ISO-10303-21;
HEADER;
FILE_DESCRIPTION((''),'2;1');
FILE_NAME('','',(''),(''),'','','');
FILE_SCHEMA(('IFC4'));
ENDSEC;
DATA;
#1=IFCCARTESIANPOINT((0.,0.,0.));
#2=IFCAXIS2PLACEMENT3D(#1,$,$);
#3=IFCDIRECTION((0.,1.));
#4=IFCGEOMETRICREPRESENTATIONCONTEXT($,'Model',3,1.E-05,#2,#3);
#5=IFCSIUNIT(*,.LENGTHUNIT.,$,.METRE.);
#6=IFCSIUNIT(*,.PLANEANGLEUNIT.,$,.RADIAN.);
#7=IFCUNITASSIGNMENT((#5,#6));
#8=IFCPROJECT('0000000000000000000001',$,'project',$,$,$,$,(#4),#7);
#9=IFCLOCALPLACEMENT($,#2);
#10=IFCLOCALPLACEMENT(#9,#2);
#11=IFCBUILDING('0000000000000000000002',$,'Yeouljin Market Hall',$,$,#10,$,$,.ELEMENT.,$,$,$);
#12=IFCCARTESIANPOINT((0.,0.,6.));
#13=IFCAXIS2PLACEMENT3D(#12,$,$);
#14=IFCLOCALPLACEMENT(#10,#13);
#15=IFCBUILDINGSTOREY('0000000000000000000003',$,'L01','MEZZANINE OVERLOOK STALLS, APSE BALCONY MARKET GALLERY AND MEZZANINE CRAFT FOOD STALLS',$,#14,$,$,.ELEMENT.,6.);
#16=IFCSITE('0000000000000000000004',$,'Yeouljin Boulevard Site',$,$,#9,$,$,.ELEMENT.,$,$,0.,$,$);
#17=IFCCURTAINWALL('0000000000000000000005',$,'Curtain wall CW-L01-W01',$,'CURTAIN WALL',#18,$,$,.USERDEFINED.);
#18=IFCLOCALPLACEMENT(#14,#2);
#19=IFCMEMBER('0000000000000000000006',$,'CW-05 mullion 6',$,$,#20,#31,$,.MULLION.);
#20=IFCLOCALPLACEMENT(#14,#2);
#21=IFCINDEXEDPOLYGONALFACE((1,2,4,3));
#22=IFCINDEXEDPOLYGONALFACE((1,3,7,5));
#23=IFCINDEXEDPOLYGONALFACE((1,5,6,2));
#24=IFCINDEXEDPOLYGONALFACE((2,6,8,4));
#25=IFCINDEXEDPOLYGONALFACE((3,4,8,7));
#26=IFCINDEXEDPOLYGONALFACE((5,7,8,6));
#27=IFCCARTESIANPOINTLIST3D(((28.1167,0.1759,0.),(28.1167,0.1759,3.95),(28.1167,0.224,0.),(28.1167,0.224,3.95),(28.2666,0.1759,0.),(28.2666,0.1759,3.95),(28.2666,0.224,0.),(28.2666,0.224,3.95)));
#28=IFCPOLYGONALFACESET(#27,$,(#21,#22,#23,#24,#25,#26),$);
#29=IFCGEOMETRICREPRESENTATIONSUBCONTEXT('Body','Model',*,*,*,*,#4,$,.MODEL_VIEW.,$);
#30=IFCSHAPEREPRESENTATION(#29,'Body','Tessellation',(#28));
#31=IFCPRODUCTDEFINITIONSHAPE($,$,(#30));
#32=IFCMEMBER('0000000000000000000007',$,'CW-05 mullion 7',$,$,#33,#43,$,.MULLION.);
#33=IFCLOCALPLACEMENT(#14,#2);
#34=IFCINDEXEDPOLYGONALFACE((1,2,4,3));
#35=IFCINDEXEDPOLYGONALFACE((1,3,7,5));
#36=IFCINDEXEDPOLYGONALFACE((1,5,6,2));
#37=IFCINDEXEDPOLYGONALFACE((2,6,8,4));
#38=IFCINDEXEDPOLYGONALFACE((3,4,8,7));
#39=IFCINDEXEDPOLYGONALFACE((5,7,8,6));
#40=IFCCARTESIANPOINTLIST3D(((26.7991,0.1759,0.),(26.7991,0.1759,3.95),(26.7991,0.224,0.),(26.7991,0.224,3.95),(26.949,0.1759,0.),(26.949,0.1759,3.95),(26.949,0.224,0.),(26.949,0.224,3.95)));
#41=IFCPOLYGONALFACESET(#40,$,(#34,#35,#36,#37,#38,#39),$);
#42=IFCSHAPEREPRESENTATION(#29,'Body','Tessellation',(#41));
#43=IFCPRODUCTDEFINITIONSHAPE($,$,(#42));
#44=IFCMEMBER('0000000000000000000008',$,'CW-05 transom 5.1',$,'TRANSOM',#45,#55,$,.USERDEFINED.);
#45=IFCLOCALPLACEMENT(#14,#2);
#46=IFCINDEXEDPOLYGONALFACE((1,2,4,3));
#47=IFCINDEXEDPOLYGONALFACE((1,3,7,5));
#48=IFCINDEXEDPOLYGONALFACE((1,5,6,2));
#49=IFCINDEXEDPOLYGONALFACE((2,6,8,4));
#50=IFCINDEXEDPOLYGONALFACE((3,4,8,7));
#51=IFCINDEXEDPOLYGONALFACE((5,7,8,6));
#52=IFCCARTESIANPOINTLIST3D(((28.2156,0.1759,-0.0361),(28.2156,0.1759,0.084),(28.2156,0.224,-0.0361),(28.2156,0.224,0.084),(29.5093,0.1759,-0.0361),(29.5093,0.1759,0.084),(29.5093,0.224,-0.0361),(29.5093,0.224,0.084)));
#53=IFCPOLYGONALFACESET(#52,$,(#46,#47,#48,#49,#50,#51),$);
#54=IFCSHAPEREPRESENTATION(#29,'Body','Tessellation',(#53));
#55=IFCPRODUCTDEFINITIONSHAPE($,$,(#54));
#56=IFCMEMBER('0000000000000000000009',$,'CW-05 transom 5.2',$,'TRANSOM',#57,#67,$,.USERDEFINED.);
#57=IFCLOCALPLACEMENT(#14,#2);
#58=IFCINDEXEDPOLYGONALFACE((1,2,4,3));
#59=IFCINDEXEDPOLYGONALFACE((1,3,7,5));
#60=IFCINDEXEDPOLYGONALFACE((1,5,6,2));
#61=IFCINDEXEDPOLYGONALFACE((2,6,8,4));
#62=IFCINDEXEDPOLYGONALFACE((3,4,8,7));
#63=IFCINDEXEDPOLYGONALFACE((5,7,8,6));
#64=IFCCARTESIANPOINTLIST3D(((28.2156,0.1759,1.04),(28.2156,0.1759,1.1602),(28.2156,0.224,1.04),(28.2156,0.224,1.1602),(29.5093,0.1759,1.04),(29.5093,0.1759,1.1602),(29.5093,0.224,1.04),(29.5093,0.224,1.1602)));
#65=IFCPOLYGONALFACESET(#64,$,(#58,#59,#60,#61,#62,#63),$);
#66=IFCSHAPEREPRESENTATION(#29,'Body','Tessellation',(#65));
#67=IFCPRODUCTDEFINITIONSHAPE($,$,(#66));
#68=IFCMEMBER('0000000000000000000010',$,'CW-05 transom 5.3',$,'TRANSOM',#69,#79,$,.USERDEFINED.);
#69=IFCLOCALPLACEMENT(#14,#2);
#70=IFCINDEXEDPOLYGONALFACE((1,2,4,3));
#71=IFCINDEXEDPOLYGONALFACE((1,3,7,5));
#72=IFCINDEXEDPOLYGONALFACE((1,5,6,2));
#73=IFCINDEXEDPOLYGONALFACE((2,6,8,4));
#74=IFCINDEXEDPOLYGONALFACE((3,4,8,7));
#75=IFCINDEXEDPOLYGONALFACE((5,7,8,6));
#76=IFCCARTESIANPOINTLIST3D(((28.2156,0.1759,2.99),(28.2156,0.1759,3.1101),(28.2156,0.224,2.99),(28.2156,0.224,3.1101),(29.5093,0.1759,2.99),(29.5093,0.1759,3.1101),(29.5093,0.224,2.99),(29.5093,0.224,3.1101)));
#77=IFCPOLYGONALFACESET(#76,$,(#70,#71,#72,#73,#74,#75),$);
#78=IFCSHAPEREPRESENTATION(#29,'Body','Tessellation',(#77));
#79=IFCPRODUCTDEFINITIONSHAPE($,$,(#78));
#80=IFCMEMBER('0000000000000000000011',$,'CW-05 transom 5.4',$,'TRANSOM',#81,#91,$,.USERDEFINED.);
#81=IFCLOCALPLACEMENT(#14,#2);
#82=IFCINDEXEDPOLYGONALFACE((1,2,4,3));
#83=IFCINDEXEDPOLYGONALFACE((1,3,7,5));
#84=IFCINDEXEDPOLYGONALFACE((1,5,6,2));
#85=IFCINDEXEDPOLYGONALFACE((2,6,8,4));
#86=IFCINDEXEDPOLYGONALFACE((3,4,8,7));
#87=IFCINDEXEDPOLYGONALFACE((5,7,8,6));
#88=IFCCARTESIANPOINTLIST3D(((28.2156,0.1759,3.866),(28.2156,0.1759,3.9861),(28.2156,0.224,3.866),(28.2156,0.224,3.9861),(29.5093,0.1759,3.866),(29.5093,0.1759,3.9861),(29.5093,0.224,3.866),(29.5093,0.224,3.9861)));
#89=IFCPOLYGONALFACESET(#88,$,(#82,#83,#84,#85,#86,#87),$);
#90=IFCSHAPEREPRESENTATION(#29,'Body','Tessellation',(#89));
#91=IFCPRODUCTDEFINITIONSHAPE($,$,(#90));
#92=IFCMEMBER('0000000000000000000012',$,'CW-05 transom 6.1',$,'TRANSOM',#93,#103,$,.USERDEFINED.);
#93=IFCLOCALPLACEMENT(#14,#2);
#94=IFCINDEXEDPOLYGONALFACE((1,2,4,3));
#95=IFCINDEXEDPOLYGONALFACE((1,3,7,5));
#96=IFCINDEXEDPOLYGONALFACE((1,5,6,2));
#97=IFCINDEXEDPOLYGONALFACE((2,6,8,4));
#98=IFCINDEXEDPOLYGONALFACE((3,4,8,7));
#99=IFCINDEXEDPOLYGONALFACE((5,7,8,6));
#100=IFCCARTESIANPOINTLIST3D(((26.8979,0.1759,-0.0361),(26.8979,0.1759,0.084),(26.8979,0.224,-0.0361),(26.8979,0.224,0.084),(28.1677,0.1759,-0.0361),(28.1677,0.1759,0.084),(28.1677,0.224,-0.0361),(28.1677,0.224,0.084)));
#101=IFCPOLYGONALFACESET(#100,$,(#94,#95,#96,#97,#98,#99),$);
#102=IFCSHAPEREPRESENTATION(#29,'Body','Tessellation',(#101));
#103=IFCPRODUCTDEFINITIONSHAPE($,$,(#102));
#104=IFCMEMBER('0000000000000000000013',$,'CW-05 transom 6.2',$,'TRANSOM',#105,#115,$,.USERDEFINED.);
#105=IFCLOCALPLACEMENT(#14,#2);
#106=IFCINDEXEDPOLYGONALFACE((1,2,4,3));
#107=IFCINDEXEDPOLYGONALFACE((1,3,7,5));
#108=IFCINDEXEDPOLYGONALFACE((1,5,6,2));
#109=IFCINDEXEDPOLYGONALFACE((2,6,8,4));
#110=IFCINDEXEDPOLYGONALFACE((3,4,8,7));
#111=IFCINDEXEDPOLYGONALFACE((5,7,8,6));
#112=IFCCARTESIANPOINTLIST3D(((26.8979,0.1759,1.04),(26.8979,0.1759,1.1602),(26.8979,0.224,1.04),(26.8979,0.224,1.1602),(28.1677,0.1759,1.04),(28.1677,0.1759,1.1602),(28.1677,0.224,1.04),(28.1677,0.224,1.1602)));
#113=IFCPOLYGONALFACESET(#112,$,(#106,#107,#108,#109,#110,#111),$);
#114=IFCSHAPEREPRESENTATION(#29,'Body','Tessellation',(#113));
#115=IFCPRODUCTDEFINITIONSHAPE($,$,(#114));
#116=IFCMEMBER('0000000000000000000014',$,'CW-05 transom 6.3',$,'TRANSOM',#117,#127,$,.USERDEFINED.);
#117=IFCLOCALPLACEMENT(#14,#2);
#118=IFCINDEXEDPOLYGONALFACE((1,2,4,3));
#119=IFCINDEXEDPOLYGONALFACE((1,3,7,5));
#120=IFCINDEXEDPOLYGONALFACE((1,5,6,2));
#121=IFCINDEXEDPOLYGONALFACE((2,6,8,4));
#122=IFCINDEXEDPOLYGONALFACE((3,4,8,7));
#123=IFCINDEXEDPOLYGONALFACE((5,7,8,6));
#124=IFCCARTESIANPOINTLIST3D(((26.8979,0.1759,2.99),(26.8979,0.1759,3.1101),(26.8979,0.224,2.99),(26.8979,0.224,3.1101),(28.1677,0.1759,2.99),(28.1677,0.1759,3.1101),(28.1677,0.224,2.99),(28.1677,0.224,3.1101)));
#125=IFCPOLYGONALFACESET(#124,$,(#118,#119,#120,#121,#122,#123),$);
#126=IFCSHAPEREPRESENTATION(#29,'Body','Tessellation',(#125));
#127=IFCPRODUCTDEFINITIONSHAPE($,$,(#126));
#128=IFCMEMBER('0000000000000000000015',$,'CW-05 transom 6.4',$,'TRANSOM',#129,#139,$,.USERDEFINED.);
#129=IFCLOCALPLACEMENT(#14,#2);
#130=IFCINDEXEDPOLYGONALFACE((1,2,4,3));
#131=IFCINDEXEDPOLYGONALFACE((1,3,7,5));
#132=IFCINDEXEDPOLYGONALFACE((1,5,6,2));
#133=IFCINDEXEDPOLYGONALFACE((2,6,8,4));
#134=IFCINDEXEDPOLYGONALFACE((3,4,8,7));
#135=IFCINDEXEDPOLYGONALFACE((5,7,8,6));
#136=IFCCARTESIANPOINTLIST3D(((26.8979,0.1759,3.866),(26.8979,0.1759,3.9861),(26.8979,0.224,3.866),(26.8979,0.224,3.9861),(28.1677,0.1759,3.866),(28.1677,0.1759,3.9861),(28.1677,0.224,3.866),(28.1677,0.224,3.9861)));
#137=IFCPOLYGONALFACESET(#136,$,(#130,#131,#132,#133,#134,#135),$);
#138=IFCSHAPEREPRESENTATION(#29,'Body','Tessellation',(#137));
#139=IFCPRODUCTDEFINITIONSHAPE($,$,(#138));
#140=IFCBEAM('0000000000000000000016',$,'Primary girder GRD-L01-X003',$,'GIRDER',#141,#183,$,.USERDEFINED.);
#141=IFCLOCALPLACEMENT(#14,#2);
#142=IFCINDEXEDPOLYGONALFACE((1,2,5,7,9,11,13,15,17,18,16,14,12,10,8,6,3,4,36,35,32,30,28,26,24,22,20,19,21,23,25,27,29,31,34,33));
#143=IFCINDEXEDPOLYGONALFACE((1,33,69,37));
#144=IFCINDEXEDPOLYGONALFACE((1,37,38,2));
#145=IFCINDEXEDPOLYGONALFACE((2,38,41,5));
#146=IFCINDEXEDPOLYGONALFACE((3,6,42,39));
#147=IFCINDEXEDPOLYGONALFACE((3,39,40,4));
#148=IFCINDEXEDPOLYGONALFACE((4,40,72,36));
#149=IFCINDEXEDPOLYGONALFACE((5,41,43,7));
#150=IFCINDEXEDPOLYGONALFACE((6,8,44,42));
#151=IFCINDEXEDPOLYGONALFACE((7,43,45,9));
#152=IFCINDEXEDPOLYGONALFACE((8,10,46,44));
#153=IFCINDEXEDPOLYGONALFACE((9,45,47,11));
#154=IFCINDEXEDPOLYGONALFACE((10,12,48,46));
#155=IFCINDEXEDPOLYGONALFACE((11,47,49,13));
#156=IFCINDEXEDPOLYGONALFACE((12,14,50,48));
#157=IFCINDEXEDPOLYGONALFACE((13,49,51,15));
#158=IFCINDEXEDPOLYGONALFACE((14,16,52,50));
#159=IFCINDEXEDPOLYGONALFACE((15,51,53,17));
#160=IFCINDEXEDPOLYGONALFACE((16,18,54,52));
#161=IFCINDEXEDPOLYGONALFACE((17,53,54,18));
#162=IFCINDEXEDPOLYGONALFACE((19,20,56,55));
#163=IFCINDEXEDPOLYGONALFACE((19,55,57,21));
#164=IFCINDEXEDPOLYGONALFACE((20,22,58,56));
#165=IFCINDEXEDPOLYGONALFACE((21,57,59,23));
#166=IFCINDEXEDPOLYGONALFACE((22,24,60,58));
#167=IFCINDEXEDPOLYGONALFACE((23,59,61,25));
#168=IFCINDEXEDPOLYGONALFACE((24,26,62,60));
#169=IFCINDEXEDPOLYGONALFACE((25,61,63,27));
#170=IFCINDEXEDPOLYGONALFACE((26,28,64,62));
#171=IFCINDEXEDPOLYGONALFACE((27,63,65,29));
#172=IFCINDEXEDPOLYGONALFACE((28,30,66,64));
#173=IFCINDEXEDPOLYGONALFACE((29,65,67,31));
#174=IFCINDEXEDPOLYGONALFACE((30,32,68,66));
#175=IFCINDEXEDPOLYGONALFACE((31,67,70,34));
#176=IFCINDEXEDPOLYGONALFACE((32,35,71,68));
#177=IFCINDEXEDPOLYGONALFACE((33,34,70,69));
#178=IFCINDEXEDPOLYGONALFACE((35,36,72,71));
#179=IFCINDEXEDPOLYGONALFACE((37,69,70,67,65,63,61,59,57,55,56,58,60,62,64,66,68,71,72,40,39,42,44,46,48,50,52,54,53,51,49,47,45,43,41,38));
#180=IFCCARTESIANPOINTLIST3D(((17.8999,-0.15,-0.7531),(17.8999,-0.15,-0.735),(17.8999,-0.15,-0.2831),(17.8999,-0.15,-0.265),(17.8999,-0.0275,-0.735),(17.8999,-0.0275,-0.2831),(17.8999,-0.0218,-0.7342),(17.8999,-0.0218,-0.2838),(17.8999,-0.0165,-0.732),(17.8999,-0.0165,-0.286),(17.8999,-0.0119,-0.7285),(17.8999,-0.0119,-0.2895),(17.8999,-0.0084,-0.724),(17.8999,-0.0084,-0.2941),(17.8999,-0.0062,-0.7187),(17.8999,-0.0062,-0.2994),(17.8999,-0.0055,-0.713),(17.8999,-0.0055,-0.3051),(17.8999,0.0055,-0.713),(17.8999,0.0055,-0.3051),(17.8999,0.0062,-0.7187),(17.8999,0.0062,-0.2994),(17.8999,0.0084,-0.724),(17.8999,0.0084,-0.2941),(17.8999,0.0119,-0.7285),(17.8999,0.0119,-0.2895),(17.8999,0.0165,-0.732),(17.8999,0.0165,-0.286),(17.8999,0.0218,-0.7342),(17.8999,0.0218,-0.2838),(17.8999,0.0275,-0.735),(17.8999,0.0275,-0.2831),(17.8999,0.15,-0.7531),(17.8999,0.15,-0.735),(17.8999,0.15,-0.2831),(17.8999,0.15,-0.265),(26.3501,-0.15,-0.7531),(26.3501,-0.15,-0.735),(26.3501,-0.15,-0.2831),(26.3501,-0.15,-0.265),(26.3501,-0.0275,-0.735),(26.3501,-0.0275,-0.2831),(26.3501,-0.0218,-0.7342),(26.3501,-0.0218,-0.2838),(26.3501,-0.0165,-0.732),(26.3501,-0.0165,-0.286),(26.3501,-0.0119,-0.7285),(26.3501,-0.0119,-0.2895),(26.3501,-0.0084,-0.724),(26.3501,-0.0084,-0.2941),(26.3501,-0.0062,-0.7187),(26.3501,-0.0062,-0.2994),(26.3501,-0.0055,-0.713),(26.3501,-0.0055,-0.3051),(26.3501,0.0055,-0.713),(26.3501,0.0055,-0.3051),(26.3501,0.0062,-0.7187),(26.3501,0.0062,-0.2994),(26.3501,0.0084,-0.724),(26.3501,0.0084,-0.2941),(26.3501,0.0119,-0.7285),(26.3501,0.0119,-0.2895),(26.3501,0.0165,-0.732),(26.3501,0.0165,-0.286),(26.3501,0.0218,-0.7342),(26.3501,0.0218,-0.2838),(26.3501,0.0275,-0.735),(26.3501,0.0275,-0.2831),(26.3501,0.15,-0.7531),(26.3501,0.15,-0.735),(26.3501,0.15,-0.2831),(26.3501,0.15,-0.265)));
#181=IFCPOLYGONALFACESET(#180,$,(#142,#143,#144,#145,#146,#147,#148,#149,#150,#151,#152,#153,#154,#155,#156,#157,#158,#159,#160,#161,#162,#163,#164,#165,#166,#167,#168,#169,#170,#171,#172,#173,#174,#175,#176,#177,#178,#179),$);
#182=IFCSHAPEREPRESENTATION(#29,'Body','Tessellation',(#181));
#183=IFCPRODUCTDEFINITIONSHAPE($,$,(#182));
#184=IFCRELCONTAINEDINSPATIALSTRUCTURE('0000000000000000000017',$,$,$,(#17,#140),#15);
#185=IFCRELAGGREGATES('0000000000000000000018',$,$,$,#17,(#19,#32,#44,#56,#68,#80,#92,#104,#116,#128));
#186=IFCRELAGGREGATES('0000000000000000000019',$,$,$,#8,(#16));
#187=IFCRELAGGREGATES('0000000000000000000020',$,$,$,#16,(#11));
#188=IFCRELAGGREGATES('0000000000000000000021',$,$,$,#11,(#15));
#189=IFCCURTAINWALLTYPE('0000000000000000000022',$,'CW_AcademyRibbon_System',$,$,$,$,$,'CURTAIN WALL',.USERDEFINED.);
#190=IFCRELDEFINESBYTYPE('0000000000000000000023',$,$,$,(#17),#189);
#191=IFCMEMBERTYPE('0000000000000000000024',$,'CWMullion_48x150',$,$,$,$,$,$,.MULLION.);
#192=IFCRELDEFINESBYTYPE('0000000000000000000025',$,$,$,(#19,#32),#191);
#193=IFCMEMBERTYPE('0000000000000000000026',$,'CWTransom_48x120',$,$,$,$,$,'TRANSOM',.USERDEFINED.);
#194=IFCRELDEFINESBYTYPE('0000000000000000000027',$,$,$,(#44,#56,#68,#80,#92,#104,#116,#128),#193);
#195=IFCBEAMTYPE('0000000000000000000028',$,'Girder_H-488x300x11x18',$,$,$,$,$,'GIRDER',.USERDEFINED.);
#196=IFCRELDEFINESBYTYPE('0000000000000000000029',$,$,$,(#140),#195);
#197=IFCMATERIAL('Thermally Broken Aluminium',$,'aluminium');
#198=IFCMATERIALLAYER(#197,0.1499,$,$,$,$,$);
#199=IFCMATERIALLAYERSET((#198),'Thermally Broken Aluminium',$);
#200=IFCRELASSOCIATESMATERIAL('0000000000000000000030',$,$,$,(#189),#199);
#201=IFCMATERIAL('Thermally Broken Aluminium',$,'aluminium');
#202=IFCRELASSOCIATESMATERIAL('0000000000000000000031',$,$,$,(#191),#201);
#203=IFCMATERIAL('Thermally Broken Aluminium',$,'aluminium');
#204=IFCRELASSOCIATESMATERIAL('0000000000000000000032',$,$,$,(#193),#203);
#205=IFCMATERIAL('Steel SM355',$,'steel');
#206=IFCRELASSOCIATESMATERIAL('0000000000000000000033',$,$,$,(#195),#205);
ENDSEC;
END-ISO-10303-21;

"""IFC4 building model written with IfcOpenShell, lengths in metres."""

from ifc_helpers import new_model, si_unit, direction, frame, origin, origin_2d, place, context, subcontext, project, spatial, rectangle, i_section, extrude, material, layer, layer_set, material_profile, profile_set, type_object, element, aggregate, save


model = new_model("IFC4")

# Units and contexts
model_context = context("Model", 3, precision=1e-05, world=origin(), true_north=direction((0.0, 1.0)))
body_context = subcontext(model_context, "Body", "Model", "MODEL_VIEW")
ifc_project = project(units=[si_unit("LENGTHUNIT", "METRE"), si_unit("PLANEANGLEUNIT", "RADIAN")], contexts=[model_context])

# Site, building, storey
site_placement = place(None, origin())
site = spatial("IfcSite", under=ifc_project, at=site_placement, Name="Yeouljin Boulevard Site", CompositionType="ELEMENT", RefElevation=0.0)
building_placement = place(site_placement, origin())
building = spatial("IfcBuilding", under=site, at=building_placement, Name="Yeouljin Market Hall", CompositionType="ELEMENT")
storey_placement = place(building_placement, frame((0.0, 0.0, 6.0)))
storey = spatial("IfcBuildingStorey", under=building, at=storey_placement, Name="L01", Description="MEZZANINE OVERLOOK STALLS, APSE BALCONY MARKET GALLERY AND MEZZANINE CRAFT FOOD STALLS", CompositionType="ELEMENT", Elevation=6.0)

# Curtain wall, members
ifc_material_1 = material(Name="Thermally Broken Aluminium", Category="aluminium")
ifc_layer_1 = layer(ifc_material_1, 0.1499)
ifc_layer_set_1 = layer_set([ifc_layer_1], Name="Thermally Broken Aluminium")
curtain_wall_type = type_object("IfcCurtainWallType", Name="CW_AcademyRibbon_System", ElementType="CURTAIN WALL", PredefinedType="USERDEFINED", material=ifc_layer_set_1)
curtain_wall_placement = place(storey_placement, origin())
curtain_wall = element("IfcCurtainWall", 1, at=curtain_wall_placement, inside=storey, type_object=curtain_wall_type, Name="Curtain wall CW-L01-W01", ObjectType="CURTAIN WALL", PredefinedType="USERDEFINED")
ifc_material_2 = material(Name="Thermally Broken Aluminium", Category="aluminium")
ifc_material_profile_1 = material_profile(ifc_material_2, rectangle(XDim=0.0481, YDim=0.1499, at=origin_2d()), Name="CW-MULL-48x150")
ifc_profile_set_1 = profile_set([ifc_material_profile_1], Name="Thermally Broken Aluminium")
member_type_1 = type_object("IfcMemberType", Name="CWMullion_48x150", PredefinedType="MULLION", material=ifc_profile_set_1)
member_1_placement = place(storey_placement, frame((28.1917, 0.2, 0.0), z_axis=(0.0, 0.0, 1.0), x_axis=(0.0, -1.0, 0.0)))
member_1 = element("IfcMember", 2, at=member_1_placement, type_object=member_type_1, Name="CW-05 mullion 6", PredefinedType="MULLION", context=body_context, shape_type="SweptSolid", body=[
    extrude(rectangle(XDim=0.0481, YDim=0.1499, at=origin_2d()), origin(), (0.0, 0.0, 1.0), 3.95),
])
member_2_placement = place(storey_placement, frame((26.874, 0.2, 0.0), z_axis=(0.0, 0.0, 1.0), x_axis=(0.0, -1.0, 0.0)))
member_2 = element("IfcMember", 3, at=member_2_placement, type_object=member_type_1, Name="CW-05 mullion 7", PredefinedType="MULLION", context=body_context, shape_type="SweptSolid", body=[
    extrude(rectangle(XDim=0.0481, YDim=0.1499, at=origin_2d()), origin(), (0.0, 0.0, 1.0), 3.95),
])
ifc_material_3 = material(Name="Thermally Broken Aluminium", Category="aluminium")
ifc_material_profile_2 = material_profile(ifc_material_3, rectangle(XDim=0.0481, YDim=0.1201, at=origin_2d()), Name="CW-TRAN-48x120")
ifc_profile_set_2 = profile_set([ifc_material_profile_2], Name="Thermally Broken Aluminium")
member_type_2 = type_object("IfcMemberType", Name="CWTransom_48x120", ElementType="TRANSOM", PredefinedType="USERDEFINED", material=ifc_profile_set_2)
member_3_placement = place(storey_placement, frame((29.5093, 0.2, 0.0239), z_axis=(-1.0, 0.0, 0.0), x_axis=(0.0, -1.0, 0.0)))
member_3 = element("IfcMember", 4, at=member_3_placement, type_object=member_type_2, Name="CW-05 transom 5.1", ObjectType="TRANSOM", PredefinedType="USERDEFINED", context=body_context, shape_type="SweptSolid", body=[
    extrude(rectangle(XDim=0.0481, YDim=0.1201, at=origin_2d()), origin(), (0.0, 0.0, 1.0), 1.2937),
])
member_4_placement = place(storey_placement, frame((29.5093, 0.2, 1.1001), z_axis=(-1.0, 0.0, 0.0), x_axis=(0.0, -1.0, 0.0)))
member_4 = element("IfcMember", 5, at=member_4_placement, type_object=member_type_2, Name="CW-05 transom 5.2", ObjectType="TRANSOM", PredefinedType="USERDEFINED", context=body_context, shape_type="SweptSolid", body=[
    extrude(rectangle(XDim=0.0481, YDim=0.1201, at=origin_2d()), origin(), (0.0, 0.0, 1.0), 1.2937),
])
member_5_placement = place(storey_placement, frame((29.5093, 0.2, 3.05), z_axis=(-1.0, 0.0, 0.0), x_axis=(0.0, -1.0, 0.0)))
member_5 = element("IfcMember", 6, at=member_5_placement, type_object=member_type_2, Name="CW-05 transom 5.3", ObjectType="TRANSOM", PredefinedType="USERDEFINED", context=body_context, shape_type="SweptSolid", body=[
    extrude(rectangle(XDim=0.0481, YDim=0.1201, at=origin_2d()), origin(), (0.0, 0.0, 1.0), 1.2937),
])
member_6_placement = place(storey_placement, frame((29.5093, 0.2, 3.926), z_axis=(-1.0, 0.0, 0.0), x_axis=(0.0, -1.0, 0.0)))
member_6 = element("IfcMember", 7, at=member_6_placement, type_object=member_type_2, Name="CW-05 transom 5.4", ObjectType="TRANSOM", PredefinedType="USERDEFINED", context=body_context, shape_type="SweptSolid", body=[
    extrude(rectangle(XDim=0.0481, YDim=0.1201, at=origin_2d()), origin(), (0.0, 0.0, 1.0), 1.2937),
])
member_7_placement = place(storey_placement, frame((28.1677, 0.2, 0.0239), z_axis=(-1.0, 0.0, 0.0), x_axis=(0.0, -1.0, 0.0)))
member_7 = element("IfcMember", 8, at=member_7_placement, type_object=member_type_2, Name="CW-05 transom 6.1", ObjectType="TRANSOM", PredefinedType="USERDEFINED", context=body_context, shape_type="SweptSolid", body=[
    extrude(rectangle(XDim=0.0481, YDim=0.1201, at=origin_2d()), origin(), (0.0, 0.0, 1.0), 1.2698),
])
member_8_placement = place(storey_placement, frame((28.1677, 0.2, 1.1001), z_axis=(-1.0, 0.0, 0.0), x_axis=(0.0, -1.0, 0.0)))
member_8 = element("IfcMember", 9, at=member_8_placement, type_object=member_type_2, Name="CW-05 transom 6.2", ObjectType="TRANSOM", PredefinedType="USERDEFINED", context=body_context, shape_type="SweptSolid", body=[
    extrude(rectangle(XDim=0.0481, YDim=0.1201, at=origin_2d()), origin(), (0.0, 0.0, 1.0), 1.2698),
])
member_9_placement = place(storey_placement, frame((28.1677, 0.2, 3.05), z_axis=(-1.0, 0.0, 0.0), x_axis=(0.0, -1.0, 0.0)))
member_9 = element("IfcMember", 10, at=member_9_placement, type_object=member_type_2, Name="CW-05 transom 6.3", ObjectType="TRANSOM", PredefinedType="USERDEFINED", context=body_context, shape_type="SweptSolid", body=[
    extrude(rectangle(XDim=0.0481, YDim=0.1201, at=origin_2d()), origin(), (0.0, 0.0, 1.0), 1.2698),
])
member_10_placement = place(storey_placement, frame((28.1677, 0.2, 3.926), z_axis=(-1.0, 0.0, 0.0), x_axis=(0.0, -1.0, 0.0)))
member_10 = element("IfcMember", 11, at=member_10_placement, type_object=member_type_2, Name="CW-05 transom 6.4", ObjectType="TRANSOM", PredefinedType="USERDEFINED", context=body_context, shape_type="SweptSolid", body=[
    extrude(rectangle(XDim=0.0481, YDim=0.1201, at=origin_2d()), origin(), (0.0, 0.0, 1.0), 1.2698),
])

# Beam
ifc_material_4 = material(Name="Steel SM355", Category="steel")
ifc_material_profile_3 = material_profile(ifc_material_4, i_section(OverallWidth=0.3, OverallDepth=0.488, WebThickness=0.011, FlangeThickness=0.0181, FilletRadius=0.022, at=origin_2d()), Name="H-488x300x11x18")
ifc_profile_set_3 = profile_set([ifc_material_profile_3], Name="Steel SM355")
beam_type_1 = type_object("IfcBeamType", Name="Girder_H-488x300x11x18", ElementType="GIRDER", PredefinedType="USERDEFINED", material=ifc_profile_set_3)
beam_1_placement = place(storey_placement, frame((17.8999, 0.0, -0.509), z_axis=(1.0, 0.0, 0.0), x_axis=(0.0, 1.0, 0.0)))
element("IfcBeam", 12, at=beam_1_placement, inside=storey, type_object=beam_type_1, Name="Primary girder GRD-L01-X003", ObjectType="GIRDER", PredefinedType="USERDEFINED", context=body_context, shape_type="SweptSolid", body=[
    extrude(i_section(OverallWidth=0.3, OverallDepth=0.488, WebThickness=0.011, FlangeThickness=0.0181, FilletRadius=0.022, at=origin_2d()), origin(), (0.0, 0.0, 1.0), 8.4502),
])

aggregate(curtain_wall, [member_1, member_2, member_3, member_4, member_5, member_6, member_7, member_8, member_9, member_10])

save(model, "model.ifc")
